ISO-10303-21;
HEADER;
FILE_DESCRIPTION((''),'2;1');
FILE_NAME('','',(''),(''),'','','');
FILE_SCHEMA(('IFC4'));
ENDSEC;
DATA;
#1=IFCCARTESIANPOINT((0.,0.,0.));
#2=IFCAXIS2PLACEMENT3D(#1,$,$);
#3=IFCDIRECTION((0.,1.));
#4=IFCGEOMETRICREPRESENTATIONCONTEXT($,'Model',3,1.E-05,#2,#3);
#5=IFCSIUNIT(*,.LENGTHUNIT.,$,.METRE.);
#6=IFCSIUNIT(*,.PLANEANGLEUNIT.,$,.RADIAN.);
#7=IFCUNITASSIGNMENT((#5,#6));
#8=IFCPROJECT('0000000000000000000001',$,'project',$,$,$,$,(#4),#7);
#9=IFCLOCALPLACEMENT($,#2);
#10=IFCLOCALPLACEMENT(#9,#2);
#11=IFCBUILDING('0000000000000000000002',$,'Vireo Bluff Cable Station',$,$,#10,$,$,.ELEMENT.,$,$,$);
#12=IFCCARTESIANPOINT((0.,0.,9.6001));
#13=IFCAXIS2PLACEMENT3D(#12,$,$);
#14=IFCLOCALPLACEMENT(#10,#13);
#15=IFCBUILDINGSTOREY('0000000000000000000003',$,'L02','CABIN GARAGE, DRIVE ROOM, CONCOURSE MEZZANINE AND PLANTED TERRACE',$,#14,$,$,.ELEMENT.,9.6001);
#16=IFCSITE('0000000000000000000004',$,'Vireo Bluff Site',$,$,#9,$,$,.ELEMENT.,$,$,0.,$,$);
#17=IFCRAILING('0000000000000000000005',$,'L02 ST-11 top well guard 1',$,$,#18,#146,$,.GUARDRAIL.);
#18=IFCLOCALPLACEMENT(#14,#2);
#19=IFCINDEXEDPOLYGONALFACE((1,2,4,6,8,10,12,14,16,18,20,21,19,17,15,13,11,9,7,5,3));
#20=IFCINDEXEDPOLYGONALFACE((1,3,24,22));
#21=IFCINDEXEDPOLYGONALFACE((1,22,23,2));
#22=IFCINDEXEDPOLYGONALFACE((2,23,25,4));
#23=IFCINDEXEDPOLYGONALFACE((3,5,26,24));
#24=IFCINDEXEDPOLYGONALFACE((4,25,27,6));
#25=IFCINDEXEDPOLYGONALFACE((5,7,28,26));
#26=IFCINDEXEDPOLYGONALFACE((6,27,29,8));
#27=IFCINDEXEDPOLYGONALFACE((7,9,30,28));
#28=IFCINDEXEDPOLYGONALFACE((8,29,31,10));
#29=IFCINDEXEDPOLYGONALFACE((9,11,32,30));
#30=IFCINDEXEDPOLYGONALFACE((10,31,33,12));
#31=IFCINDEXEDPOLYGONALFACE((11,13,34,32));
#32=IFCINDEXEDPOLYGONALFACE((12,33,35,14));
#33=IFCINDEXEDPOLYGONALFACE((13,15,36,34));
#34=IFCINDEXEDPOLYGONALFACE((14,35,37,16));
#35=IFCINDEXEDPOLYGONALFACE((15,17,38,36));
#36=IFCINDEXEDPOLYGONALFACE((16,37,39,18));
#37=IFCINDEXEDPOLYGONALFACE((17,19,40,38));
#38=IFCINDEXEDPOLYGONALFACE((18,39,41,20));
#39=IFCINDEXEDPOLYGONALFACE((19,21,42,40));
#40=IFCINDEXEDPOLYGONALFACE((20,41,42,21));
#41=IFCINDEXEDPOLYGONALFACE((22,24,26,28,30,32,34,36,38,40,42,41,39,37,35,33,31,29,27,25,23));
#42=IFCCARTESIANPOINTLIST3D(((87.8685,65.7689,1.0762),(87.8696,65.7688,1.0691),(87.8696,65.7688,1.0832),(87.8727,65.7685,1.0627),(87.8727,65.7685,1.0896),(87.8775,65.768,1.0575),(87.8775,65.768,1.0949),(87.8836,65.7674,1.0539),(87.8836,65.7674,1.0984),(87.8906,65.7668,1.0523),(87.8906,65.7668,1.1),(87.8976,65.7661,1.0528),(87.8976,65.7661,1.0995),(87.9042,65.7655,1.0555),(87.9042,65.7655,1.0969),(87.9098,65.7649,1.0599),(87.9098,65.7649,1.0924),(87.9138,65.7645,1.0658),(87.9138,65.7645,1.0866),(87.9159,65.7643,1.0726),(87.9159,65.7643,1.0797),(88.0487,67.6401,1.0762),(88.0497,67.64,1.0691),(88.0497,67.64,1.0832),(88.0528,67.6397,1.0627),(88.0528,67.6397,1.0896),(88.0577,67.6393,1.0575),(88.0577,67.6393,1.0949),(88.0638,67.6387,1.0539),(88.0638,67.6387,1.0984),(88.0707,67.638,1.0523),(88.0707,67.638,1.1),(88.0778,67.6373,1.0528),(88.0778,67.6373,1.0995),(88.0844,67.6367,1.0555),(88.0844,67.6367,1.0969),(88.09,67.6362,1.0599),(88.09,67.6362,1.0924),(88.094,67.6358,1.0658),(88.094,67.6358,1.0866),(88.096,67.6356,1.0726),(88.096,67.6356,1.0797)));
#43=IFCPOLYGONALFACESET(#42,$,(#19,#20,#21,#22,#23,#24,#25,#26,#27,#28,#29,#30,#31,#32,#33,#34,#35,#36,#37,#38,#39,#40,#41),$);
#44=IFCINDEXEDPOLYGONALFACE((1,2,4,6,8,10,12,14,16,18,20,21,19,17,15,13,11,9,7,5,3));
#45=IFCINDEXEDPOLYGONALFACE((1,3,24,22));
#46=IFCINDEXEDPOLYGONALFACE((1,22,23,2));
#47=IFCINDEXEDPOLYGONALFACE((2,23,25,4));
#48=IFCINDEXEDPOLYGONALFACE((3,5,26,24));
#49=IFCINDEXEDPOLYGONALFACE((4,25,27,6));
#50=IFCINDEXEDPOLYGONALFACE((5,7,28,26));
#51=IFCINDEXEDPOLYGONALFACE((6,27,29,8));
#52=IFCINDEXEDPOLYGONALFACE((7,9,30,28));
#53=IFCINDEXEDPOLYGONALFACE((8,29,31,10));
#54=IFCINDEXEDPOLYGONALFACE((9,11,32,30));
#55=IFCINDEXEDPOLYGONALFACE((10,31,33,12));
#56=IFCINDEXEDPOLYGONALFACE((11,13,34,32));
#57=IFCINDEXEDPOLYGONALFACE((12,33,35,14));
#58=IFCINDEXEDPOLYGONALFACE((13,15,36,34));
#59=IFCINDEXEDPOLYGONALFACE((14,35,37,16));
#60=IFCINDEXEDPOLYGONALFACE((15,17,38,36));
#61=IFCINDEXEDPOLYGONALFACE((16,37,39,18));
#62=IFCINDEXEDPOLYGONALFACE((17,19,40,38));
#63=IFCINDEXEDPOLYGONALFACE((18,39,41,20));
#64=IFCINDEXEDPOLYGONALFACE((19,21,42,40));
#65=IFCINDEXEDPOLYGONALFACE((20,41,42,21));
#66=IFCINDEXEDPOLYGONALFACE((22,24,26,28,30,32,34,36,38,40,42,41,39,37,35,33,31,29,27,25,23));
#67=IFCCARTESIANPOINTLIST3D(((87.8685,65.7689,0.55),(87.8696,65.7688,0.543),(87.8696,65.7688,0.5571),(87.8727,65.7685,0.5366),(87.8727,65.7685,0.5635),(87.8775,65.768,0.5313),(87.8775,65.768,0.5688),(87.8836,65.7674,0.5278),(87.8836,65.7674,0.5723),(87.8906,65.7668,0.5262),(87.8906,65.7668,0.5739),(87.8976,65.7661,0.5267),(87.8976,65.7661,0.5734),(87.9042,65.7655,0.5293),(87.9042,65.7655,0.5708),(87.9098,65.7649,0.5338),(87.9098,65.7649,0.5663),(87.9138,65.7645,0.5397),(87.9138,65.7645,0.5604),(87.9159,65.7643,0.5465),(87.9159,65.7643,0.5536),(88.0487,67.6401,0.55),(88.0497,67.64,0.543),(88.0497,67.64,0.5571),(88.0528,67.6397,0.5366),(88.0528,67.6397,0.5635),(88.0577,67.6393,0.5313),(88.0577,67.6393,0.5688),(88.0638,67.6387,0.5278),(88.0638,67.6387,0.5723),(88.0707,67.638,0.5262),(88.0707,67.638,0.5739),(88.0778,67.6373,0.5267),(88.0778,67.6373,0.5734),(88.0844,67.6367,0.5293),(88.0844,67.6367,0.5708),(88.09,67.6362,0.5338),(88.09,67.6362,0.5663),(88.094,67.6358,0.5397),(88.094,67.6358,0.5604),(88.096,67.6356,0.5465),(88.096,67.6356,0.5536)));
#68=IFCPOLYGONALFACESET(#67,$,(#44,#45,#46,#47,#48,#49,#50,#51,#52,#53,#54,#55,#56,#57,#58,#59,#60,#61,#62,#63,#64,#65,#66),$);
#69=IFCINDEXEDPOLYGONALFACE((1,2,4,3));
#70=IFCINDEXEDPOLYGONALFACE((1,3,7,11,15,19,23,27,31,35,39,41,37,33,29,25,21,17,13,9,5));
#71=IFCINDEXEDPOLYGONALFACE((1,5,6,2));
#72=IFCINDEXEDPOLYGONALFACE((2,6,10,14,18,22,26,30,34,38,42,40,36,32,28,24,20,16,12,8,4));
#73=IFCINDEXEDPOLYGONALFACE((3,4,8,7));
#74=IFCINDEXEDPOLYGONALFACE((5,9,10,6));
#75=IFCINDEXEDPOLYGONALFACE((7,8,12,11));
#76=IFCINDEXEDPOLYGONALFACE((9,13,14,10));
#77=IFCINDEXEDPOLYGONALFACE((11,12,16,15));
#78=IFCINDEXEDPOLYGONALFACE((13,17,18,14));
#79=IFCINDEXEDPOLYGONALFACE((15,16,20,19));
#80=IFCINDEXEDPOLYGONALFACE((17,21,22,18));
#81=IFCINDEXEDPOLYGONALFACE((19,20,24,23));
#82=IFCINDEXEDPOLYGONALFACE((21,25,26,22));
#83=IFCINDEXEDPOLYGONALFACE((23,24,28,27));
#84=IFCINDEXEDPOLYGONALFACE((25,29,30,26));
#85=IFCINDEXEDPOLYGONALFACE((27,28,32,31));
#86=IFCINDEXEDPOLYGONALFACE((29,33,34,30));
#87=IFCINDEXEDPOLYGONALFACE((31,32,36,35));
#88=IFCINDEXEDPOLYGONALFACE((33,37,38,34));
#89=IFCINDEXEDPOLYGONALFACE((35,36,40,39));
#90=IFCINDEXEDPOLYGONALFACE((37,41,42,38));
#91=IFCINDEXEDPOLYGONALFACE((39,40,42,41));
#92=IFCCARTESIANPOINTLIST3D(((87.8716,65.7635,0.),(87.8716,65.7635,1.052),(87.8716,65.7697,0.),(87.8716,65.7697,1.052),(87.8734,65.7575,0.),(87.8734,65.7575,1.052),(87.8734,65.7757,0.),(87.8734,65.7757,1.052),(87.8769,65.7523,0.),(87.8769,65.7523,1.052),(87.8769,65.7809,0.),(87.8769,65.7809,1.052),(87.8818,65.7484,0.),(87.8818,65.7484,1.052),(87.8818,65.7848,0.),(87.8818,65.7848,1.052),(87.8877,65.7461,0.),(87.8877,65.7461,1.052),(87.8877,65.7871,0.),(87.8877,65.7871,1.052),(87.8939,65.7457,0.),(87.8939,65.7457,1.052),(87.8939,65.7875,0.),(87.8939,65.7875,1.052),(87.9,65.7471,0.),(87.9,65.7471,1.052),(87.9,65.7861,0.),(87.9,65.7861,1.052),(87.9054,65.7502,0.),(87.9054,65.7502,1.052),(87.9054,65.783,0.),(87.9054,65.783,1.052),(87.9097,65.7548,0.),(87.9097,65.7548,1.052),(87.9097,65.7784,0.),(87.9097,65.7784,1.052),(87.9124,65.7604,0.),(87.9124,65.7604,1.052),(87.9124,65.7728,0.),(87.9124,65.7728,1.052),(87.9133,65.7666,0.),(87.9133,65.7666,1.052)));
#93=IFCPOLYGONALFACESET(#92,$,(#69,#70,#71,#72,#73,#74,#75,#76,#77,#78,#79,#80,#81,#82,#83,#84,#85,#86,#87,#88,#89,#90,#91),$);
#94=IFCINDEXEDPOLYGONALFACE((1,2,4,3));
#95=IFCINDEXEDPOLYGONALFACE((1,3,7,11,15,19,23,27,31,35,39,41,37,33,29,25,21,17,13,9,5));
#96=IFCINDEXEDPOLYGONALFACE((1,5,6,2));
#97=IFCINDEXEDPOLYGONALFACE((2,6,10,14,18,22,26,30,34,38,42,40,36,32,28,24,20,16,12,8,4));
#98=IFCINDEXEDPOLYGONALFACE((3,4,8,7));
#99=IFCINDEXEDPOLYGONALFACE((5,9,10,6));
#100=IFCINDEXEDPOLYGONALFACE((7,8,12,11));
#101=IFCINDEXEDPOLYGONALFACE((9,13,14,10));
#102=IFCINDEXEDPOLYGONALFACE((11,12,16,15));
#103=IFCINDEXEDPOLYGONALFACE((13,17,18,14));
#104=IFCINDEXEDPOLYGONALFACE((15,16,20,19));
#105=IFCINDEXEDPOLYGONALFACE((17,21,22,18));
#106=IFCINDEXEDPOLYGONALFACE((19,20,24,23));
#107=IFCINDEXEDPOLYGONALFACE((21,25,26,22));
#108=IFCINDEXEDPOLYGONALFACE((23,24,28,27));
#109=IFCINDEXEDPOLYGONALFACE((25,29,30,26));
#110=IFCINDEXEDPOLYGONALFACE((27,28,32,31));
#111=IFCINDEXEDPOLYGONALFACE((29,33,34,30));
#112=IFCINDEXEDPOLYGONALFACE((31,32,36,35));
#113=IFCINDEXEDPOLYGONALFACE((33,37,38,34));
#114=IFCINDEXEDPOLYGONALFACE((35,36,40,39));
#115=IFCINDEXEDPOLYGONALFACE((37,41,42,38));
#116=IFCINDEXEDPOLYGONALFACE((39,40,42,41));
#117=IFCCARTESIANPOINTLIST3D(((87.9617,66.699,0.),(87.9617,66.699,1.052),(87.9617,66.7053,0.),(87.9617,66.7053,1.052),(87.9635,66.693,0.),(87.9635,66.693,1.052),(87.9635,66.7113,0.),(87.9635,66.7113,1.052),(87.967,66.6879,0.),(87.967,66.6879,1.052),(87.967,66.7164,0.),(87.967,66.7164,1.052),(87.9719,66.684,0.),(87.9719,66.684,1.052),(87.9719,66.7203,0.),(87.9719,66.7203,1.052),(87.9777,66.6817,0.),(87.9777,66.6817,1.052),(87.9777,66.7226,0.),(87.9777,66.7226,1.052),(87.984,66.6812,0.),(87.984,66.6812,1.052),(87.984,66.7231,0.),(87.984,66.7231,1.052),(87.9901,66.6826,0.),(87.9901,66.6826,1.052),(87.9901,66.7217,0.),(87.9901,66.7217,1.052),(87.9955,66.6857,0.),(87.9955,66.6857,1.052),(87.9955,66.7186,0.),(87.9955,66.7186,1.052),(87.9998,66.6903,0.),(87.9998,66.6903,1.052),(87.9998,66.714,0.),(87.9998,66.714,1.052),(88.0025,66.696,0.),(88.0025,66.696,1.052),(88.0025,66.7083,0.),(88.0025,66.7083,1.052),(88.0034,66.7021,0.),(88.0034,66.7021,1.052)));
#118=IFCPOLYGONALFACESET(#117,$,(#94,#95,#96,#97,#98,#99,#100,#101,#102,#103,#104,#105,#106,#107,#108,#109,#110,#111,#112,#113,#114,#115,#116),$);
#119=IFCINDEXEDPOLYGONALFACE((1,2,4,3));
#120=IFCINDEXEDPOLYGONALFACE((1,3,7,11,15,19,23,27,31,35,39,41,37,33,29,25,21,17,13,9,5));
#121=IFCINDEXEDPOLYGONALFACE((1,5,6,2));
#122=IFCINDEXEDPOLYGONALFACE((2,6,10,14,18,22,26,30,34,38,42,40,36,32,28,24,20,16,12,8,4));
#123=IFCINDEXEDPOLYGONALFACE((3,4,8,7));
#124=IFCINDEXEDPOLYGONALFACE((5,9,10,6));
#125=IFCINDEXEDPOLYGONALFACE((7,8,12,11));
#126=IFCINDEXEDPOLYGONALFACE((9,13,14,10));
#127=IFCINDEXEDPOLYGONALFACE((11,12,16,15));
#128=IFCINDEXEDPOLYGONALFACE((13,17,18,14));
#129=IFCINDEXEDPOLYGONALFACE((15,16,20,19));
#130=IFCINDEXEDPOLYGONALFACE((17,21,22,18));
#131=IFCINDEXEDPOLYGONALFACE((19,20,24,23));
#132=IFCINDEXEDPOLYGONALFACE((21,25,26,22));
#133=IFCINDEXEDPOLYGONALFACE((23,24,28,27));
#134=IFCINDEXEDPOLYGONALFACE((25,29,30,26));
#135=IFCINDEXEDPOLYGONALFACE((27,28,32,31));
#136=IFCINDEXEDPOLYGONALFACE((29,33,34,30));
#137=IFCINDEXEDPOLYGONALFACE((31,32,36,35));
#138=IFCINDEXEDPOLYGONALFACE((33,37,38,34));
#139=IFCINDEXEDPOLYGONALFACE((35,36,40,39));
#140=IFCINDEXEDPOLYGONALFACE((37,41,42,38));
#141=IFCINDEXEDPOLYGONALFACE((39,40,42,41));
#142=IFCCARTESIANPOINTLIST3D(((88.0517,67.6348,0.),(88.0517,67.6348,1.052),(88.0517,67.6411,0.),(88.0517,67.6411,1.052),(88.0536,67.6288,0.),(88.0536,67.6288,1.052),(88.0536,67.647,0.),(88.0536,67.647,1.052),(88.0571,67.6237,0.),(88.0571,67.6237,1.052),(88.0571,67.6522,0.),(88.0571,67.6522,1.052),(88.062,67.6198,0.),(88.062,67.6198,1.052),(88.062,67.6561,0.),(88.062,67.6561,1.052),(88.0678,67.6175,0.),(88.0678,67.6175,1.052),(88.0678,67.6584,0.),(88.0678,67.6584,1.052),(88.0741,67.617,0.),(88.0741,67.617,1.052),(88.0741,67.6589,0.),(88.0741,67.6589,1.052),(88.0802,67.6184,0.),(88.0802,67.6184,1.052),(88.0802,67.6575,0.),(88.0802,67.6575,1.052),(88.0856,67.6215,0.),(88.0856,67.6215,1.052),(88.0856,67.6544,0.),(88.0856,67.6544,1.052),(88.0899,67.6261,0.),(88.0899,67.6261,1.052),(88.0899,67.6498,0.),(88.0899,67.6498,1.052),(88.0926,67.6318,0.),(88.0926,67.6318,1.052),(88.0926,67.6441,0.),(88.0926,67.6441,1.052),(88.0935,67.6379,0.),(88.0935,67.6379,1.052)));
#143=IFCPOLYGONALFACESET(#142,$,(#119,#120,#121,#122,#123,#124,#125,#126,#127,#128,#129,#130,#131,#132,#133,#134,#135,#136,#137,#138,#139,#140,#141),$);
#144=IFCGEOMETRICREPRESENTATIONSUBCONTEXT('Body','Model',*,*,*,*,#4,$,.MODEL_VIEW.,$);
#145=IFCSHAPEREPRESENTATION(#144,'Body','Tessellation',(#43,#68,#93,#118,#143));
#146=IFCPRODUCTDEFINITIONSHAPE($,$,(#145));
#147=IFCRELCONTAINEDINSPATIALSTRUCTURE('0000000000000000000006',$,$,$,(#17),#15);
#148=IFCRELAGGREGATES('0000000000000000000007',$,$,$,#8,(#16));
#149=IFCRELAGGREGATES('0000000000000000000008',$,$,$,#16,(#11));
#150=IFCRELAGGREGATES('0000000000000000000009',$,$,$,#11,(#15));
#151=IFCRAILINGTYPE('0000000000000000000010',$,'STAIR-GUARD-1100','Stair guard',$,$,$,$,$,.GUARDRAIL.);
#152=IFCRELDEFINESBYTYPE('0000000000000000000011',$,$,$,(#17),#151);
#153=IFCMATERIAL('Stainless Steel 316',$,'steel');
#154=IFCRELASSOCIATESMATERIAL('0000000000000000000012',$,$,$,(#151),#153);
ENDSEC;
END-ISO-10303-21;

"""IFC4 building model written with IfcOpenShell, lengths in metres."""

from ifc_helpers import new_model, si_unit, direction, frame, origin, origin_2d, place, context, subcontext, project, spatial, circle, extrude, material, type_object, element, save


model = new_model("IFC4")

# Units and contexts
model_context = context("Model", 3, precision=1e-05, world=origin(), true_north=direction((0.0, 1.0)))
body_context = subcontext(model_context, "Body", "Model", "MODEL_VIEW")
ifc_project = project(units=[si_unit("LENGTHUNIT", "METRE"), si_unit("PLANEANGLEUNIT", "RADIAN")], contexts=[model_context])

# Site, building, storey
site_placement = place(None, origin())
site = spatial("IfcSite", under=ifc_project, at=site_placement, Name="Vireo Bluff Site", CompositionType="ELEMENT", RefElevation=0.0)
building_placement = place(site_placement, origin())
building = spatial("IfcBuilding", under=site, at=building_placement, Name="Vireo Bluff Cable Station", CompositionType="ELEMENT")
storey_placement = place(building_placement, frame((0.0, 0.0, 9.6001)))
storey = spatial("IfcBuildingStorey", under=building, at=storey_placement, Name="L02", Description="CABIN GARAGE, DRIVE ROOM, CONCOURSE MEZZANINE AND PLANTED TERRACE", CompositionType="ELEMENT", Elevation=9.6001)

# Railing
ifc_material_1 = material(Name="Stainless Steel 316", Category="steel")
railing_type = type_object("IfcRailingType", Name="STAIR-GUARD-1100", Description="Stair guard", PredefinedType="GUARDRAIL", material=ifc_material_1)
railing_1_placement = place(storey_placement, frame((87.8923, 65.7666, 0.0)))
element("IfcRailing", 1, at=railing_1_placement, inside=storey, type_object=railing_type, Name="L02 ST-11 top well guard 1", PredefinedType="GUARDRAIL", context=body_context, shape_type="SweptSolid", body=[
    extrude(circle(Radius=0.0239, at=origin_2d()), frame((0.0, 0.0, 1.0762), z_axis=(0.095839, 0.995397, 0.0), x_axis=(-0.995397, 0.095839, 0.0)), (0.0, 0.0, 1.0), 1.8799),
    extrude(circle(Radius=0.0239, at=origin_2d()), frame((0.0, 0.0, 0.55), z_axis=(0.095839, 0.995397, 0.0), x_axis=(-0.995397, 0.095839, 0.0)), (0.0, 0.0, 1.0), 1.8799),
    extrude(circle(Radius=0.021, at=origin_2d()), origin(), (0.0, 0.0, 1.0), 1.052),
    extrude(circle(Radius=0.021, at=origin_2d()), frame((0.0901, 0.9355, 0.0)), (0.0, 0.0, 1.0), 1.052),
    extrude(circle(Radius=0.021, at=origin_2d()), frame((0.1802, 1.8713, 0.0)), (0.0, 0.0, 1.0), 1.052),
])

save(model, "model.ifc")
